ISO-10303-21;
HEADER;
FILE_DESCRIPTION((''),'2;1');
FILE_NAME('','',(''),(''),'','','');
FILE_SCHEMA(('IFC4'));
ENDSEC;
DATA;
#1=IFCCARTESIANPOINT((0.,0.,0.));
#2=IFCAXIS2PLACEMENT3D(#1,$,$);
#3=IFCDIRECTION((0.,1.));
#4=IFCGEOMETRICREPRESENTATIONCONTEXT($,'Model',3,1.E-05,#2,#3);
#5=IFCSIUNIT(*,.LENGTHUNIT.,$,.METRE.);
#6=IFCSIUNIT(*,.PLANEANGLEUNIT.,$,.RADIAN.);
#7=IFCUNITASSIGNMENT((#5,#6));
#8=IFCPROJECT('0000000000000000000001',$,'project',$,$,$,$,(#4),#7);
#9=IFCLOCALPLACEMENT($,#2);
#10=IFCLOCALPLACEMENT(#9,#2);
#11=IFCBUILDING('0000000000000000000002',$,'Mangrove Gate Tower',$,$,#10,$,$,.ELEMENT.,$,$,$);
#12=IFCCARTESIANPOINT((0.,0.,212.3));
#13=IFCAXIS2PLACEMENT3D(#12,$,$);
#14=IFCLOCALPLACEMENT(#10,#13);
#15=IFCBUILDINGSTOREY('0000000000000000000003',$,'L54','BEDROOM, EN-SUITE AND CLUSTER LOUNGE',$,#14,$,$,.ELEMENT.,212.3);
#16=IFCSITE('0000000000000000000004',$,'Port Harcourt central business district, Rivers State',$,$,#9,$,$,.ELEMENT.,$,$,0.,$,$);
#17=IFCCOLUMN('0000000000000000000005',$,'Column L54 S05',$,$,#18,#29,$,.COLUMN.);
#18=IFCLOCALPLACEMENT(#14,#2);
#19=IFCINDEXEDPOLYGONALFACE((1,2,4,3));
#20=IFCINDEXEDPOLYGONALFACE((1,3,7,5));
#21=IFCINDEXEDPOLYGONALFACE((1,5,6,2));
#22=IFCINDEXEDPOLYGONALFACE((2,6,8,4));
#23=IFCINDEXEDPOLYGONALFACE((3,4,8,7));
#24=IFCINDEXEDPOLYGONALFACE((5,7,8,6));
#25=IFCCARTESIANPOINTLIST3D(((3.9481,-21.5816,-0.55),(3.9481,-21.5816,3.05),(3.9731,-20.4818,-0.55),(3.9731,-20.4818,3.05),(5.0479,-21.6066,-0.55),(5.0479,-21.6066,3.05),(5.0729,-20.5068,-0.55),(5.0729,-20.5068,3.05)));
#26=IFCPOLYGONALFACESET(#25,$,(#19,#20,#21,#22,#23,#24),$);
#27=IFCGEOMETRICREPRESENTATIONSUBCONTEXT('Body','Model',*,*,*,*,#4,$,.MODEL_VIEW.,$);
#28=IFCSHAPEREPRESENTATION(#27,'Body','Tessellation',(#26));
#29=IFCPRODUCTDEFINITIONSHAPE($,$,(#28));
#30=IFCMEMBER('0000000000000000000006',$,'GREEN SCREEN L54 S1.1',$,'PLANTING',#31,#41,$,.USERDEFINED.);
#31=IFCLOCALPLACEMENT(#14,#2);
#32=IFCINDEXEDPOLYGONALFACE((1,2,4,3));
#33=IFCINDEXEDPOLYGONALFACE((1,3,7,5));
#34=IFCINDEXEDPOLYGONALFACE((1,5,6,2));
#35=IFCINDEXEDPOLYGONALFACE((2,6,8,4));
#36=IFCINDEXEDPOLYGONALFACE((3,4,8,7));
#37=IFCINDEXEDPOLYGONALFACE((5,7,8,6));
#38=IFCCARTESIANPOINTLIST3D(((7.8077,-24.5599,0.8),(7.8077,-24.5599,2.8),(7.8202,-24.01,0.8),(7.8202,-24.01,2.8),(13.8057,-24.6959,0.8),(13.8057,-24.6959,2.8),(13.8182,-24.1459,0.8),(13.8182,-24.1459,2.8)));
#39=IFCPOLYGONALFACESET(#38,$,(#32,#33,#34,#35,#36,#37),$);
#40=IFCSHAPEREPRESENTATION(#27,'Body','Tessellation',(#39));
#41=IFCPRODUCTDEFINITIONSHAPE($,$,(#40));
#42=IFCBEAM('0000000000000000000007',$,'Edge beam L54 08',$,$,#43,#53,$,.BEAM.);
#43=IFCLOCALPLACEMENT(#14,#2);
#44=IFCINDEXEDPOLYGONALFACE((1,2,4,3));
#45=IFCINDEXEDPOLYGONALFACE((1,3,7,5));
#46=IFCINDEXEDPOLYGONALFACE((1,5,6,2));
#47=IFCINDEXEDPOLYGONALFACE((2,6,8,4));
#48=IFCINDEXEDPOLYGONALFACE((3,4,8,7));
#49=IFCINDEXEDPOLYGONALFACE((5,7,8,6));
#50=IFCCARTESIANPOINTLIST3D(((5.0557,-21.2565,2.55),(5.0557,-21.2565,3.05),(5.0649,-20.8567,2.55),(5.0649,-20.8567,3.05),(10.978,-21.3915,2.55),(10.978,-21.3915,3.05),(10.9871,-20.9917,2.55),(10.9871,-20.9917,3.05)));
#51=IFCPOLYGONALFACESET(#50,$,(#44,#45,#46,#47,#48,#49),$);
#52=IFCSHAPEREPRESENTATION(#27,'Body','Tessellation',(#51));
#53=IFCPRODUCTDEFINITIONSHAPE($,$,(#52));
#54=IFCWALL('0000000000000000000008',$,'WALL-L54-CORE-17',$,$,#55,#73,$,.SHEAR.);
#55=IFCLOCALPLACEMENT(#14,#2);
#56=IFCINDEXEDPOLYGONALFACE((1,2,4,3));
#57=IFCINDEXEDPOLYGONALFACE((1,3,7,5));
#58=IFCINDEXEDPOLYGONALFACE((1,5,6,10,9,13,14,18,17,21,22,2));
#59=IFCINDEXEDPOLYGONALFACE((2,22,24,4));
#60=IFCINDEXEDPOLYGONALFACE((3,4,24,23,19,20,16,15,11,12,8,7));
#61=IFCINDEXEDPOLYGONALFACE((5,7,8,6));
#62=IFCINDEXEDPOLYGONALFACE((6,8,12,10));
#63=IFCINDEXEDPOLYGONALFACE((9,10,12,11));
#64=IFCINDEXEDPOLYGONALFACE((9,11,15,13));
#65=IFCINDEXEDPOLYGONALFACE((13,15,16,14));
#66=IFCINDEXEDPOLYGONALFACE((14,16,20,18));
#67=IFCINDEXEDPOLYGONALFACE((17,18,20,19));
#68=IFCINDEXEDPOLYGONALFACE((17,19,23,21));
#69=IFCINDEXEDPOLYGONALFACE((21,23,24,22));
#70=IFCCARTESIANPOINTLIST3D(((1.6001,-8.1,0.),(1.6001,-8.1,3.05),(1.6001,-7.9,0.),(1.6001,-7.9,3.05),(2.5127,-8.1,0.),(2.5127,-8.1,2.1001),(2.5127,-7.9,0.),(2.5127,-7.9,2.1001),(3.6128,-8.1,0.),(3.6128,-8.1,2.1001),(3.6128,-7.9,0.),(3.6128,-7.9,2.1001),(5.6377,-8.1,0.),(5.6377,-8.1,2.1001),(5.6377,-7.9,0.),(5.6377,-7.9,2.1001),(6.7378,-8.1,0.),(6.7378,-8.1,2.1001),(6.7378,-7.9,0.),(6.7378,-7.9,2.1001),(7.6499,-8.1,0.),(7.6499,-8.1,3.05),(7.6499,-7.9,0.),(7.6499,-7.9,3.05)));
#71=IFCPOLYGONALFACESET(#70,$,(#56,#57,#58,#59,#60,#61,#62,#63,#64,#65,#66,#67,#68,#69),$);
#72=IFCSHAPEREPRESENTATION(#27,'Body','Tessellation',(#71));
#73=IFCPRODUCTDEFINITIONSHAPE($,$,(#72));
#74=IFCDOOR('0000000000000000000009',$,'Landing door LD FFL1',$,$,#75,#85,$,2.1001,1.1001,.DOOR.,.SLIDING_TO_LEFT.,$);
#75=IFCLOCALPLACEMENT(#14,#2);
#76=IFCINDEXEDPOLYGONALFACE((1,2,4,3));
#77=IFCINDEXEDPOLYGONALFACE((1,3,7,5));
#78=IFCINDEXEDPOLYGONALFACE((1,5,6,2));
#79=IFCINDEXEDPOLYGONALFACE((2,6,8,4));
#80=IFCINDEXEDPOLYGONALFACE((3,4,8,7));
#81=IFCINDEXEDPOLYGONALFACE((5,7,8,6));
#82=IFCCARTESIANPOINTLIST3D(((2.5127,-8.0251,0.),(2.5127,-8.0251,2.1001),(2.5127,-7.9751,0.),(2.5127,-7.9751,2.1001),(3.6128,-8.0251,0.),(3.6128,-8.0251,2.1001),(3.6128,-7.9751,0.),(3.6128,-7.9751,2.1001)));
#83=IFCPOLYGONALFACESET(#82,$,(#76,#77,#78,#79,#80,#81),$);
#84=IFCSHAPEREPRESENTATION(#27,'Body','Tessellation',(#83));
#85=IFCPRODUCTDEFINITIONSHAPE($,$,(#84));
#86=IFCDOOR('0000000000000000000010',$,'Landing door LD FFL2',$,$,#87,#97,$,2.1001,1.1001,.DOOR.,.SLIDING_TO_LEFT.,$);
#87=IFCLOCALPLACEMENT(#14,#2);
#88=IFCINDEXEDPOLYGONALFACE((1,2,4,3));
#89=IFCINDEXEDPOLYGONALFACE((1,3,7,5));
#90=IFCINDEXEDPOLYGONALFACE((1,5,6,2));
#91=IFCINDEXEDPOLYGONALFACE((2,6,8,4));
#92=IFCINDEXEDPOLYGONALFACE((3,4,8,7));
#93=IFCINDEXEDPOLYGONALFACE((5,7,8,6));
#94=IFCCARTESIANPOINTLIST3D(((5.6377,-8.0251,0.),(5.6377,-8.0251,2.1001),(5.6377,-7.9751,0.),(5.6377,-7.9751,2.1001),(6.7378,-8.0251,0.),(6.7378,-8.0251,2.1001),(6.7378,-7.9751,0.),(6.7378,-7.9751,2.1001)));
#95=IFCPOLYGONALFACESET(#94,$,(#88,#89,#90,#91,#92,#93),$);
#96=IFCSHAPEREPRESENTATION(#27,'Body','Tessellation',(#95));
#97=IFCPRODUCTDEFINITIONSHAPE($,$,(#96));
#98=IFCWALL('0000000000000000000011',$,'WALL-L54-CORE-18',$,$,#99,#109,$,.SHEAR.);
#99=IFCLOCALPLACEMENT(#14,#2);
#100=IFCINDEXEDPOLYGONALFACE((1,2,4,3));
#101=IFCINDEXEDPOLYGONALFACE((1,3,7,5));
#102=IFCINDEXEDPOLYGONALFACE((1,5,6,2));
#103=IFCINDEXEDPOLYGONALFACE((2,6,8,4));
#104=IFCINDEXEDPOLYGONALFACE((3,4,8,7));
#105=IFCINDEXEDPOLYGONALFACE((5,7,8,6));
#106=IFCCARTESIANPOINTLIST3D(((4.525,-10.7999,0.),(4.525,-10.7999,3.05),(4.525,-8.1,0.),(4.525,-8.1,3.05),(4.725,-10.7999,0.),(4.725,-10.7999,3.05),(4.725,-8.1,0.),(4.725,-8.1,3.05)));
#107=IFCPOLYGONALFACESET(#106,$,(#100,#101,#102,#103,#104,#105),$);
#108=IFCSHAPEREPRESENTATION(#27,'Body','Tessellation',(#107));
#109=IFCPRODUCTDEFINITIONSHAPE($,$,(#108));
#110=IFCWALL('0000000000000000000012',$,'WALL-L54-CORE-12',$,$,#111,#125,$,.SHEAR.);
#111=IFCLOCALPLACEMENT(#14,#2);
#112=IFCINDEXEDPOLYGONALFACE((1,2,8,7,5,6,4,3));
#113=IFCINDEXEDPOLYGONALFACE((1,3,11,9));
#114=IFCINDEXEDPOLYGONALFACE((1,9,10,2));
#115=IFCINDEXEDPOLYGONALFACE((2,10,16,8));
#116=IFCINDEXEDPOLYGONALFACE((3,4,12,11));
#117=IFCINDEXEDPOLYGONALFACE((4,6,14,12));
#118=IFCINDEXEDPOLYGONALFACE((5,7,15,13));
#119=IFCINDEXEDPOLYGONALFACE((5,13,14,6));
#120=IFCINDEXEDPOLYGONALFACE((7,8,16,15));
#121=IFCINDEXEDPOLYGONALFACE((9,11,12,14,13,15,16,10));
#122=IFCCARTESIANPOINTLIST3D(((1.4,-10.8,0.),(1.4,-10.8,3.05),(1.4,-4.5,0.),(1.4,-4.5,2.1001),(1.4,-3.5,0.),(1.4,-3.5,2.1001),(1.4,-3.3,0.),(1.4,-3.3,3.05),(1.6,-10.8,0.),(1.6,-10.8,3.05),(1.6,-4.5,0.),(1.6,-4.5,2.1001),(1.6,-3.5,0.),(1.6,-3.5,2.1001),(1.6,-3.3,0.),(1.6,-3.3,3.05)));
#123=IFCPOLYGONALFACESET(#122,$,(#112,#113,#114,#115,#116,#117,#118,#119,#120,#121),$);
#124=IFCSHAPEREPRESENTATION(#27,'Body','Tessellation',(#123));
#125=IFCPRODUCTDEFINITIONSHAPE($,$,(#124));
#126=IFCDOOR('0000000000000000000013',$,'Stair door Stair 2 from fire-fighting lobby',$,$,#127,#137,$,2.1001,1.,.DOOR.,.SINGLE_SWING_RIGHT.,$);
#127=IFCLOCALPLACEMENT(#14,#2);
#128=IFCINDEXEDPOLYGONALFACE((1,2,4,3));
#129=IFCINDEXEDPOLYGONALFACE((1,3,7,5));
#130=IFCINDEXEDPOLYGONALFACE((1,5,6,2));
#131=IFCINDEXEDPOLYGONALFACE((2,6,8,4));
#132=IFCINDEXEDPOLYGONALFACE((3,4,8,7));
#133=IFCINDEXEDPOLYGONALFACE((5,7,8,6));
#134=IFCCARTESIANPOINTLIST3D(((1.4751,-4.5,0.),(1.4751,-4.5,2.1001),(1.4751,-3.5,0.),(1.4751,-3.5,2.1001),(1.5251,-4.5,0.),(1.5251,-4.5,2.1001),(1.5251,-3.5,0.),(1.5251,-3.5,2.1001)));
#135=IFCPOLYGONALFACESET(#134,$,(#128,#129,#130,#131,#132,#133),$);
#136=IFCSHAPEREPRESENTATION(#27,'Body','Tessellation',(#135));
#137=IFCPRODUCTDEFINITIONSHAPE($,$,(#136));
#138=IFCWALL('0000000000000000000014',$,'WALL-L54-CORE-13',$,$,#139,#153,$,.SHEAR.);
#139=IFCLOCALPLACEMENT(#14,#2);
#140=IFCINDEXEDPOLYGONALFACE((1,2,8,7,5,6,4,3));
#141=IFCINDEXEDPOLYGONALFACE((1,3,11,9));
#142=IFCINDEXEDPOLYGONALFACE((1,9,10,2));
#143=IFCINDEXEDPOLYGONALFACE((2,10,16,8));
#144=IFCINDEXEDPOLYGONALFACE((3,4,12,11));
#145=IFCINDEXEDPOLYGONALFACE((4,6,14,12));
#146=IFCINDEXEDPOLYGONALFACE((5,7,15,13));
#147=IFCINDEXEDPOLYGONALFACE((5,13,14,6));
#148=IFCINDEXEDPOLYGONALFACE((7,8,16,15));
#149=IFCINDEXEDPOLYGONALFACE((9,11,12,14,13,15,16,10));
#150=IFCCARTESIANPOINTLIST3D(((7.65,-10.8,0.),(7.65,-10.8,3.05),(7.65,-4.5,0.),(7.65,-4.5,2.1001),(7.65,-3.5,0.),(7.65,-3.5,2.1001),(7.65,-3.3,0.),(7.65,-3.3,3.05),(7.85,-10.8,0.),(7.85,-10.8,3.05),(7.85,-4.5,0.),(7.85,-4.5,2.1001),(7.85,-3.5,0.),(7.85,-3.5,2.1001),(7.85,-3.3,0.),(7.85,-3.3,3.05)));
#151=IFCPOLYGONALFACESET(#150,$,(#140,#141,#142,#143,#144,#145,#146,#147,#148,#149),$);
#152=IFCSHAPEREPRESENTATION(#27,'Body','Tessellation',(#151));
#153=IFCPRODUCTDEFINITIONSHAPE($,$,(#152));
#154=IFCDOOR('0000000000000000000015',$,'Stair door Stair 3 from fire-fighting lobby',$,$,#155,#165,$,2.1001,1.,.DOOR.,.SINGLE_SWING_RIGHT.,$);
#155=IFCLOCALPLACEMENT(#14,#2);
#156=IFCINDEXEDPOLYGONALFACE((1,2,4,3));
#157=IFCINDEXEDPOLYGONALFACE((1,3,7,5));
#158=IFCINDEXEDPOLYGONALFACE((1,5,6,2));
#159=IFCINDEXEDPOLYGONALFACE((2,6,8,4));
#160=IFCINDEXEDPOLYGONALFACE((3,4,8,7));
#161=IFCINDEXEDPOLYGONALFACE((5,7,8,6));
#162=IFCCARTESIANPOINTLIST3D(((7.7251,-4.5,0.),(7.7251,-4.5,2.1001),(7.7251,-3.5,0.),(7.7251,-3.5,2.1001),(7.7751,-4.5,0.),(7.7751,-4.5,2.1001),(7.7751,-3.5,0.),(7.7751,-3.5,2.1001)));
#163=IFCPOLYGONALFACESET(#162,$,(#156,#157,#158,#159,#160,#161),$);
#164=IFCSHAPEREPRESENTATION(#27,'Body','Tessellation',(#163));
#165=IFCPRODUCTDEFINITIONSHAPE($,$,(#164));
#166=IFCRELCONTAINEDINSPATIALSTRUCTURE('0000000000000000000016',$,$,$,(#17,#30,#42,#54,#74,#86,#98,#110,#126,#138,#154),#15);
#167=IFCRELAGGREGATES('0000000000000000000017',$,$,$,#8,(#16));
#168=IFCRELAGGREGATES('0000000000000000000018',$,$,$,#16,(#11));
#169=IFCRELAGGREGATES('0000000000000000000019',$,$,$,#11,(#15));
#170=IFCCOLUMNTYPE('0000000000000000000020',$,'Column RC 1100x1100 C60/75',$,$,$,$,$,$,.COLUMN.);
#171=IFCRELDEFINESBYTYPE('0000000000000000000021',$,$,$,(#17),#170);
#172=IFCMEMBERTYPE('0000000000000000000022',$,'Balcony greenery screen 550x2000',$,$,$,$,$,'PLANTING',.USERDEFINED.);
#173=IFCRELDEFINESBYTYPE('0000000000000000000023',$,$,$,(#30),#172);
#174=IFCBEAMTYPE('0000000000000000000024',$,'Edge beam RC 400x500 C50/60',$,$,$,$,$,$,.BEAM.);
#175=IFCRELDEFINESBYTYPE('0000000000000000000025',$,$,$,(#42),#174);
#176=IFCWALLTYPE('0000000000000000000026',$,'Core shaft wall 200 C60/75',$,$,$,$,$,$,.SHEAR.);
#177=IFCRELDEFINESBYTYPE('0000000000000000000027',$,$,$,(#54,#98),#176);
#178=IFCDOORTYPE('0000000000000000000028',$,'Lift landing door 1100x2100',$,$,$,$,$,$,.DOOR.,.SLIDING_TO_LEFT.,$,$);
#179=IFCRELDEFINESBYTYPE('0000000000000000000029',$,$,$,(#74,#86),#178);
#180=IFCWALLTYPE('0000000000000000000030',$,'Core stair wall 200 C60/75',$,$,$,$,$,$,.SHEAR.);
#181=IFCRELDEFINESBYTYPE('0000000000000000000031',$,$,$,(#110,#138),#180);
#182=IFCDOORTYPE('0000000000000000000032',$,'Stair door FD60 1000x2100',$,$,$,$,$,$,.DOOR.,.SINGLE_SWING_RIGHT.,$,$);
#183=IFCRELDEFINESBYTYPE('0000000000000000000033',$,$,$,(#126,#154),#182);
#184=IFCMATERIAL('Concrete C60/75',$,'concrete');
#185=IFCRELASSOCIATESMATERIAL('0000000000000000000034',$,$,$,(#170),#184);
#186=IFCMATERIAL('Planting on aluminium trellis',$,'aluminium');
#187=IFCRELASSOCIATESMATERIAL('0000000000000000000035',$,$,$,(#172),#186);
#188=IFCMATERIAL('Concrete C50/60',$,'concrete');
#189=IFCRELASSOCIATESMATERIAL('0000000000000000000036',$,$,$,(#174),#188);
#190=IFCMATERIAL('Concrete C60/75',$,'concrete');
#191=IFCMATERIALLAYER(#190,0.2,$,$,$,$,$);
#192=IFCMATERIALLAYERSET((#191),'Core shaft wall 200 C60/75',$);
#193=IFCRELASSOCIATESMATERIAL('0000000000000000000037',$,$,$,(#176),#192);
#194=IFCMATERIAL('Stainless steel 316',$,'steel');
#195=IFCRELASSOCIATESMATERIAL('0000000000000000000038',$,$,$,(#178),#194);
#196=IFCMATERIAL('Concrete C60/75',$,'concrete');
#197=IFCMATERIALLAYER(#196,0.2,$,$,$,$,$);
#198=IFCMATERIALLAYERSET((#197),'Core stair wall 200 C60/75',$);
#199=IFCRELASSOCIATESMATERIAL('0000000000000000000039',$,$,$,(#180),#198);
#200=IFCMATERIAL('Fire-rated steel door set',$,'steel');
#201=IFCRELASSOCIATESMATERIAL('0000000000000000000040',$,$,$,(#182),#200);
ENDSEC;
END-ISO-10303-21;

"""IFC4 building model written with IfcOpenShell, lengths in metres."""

from ifc_helpers import new_model, si_unit, direction, frame, frame_2d, origin, origin_2d, place, context, subcontext, project, spatial, rectangle, extrude, material, layer, layer_set, material_profile, profile_set, type_object, element, fill, save


model = new_model("IFC4")

# Units and contexts
model_context = context("Model", 3, precision=1e-05, world=origin(), true_north=direction((0.0, 1.0)))
body_context = subcontext(model_context, "Body", "Model", "MODEL_VIEW")
ifc_project = project(units=[si_unit("LENGTHUNIT", "METRE"), si_unit("PLANEANGLEUNIT", "RADIAN")], contexts=[model_context])

# Site, building, storey
site_placement = place(None, origin())
site = spatial("IfcSite", under=ifc_project, at=site_placement, Name="Port Harcourt central business district, Rivers State", CompositionType="ELEMENT", RefElevation=0.0)
building_placement = place(site_placement, origin())
building = spatial("IfcBuilding", under=site, at=building_placement, Name="Mangrove Gate Tower", CompositionType="ELEMENT")
storey_placement = place(building_placement, frame((0.0, 0.0, 212.3)))
storey = spatial("IfcBuildingStorey", under=building, at=storey_placement, Name="L54", Description="BEDROOM, EN-SUITE AND CLUSTER LOUNGE", CompositionType="ELEMENT", Elevation=212.3)

# Column
ifc_material_1 = material(Name="Concrete C60/75", Category="concrete")
ifc_material_profile_1 = material_profile(ifc_material_1, rectangle(XDim=1.1001, YDim=1.1001, at=origin_2d()))
ifc_profile_set_1 = profile_set([ifc_material_profile_1], Name="Concrete C60/75")
column_type = type_object("IfcColumnType", Name="Column RC 1100x1100 C60/75", PredefinedType="COLUMN", material=ifc_profile_set_1)
column_placement = place(storey_placement, frame((4.5105, -21.0442, -0.55), z_axis=(0.0, 0.0, 1.0), x_axis=(0.999742, -0.022708, 0.0)))
element("IfcColumn", 1, at=column_placement, inside=storey, type_object=column_type, Name="Column L54 S05", PredefinedType="COLUMN", context=body_context, shape_type="SweptSolid", body=[
    extrude(rectangle(XDim=1.1001, YDim=1.1001, at=origin_2d()), origin(), (0.0, 0.0, 1.0), 3.6001),
])

# Member
ifc_material_2 = material(Name="Planting on aluminium trellis", Category="aluminium")
ifc_material_profile_2 = material_profile(ifc_material_2, rectangle(XDim=0.55, YDim=2.0, at=origin_2d()))
ifc_profile_set_2 = profile_set([ifc_material_profile_2], Name="Planting on aluminium trellis")
member_type = type_object("IfcMemberType", Name="Balcony greenery screen 550x2000", ElementType="PLANTING", PredefinedType="USERDEFINED", material=ifc_profile_set_2)
member_placement = place(storey_placement, frame((7.814, -24.2849, 1.8), z_axis=(0.999743, -0.022666, 0.0), x_axis=(0.022666, 0.999743, 0.0)))
element("IfcMember", 2, at=member_placement, inside=storey, type_object=member_type, Name="GREEN SCREEN L54 S1.1", ObjectType="PLANTING", PredefinedType="USERDEFINED", context=body_context, shape_type="SweptSolid", body=[
    extrude(rectangle(XDim=0.55, YDim=2.0, at=origin_2d()), origin(), (0.0, 0.0, 1.0), 5.9995),
])

# Beam
ifc_material_3 = material(Name="Concrete C50/60", Category="concrete")
ifc_material_profile_3 = material_profile(ifc_material_3, rectangle(XDim=0.3999, YDim=0.5, at=origin_2d()))
ifc_profile_set_3 = profile_set([ifc_material_profile_3], Name="Concrete C50/60")
beam_type = type_object("IfcBeamType", Name="Edge beam RC 400x500 C50/60", PredefinedType="BEAM", material=ifc_profile_set_3)
beam_placement = place(storey_placement, frame((5.0603, -21.0566, 2.8), z_axis=(0.99974, -0.022791, 0.0), x_axis=(0.022791, 0.99974, 0.0)))
element("IfcBeam", 3, at=beam_placement, inside=storey, type_object=beam_type, Name="Edge beam L54 08", PredefinedType="BEAM", context=body_context, shape_type="SweptSolid", body=[
    extrude(rectangle(XDim=0.3999, YDim=0.5, at=origin_2d()), origin(), (0.0, 0.0, 1.0), 5.9238),
])

# Wall, openings, doors
ifc_material_4 = material(Name="Concrete C60/75", Category="concrete")
ifc_layer_1 = layer(ifc_material_4, 0.2)
ifc_layer_set_1 = layer_set([ifc_layer_1], Name="Core shaft wall 200 C60/75")
wall_type_1 = type_object("IfcWallType", Name="Core shaft wall 200 C60/75", PredefinedType="SHEAR", material=ifc_layer_set_1)
wall_1_placement = place(storey_placement, frame((1.6001, -8.0, 0.0), z_axis=(0.0, 0.0, 1.0), x_axis=(1.0, 0.0, 0.0)))
wall_1 = element("IfcWall", 4, at=wall_1_placement, inside=storey, type_object=wall_type_1, Name="WALL-L54-CORE-17", PredefinedType="SHEAR", context=body_context, shape_type="SweptSolid", body=[
    extrude(rectangle(XDim=6.0498, YDim=0.2, at=frame_2d((3.0249, 0.0))), origin(), (0.0, 0.0, 1.0), 3.05),
])
opening_1_placement = place(wall_1_placement, frame((0.9126, 0.0, 0.0)))
opening_1 = element("IfcOpeningElement", 5, at=opening_1_placement, cuts=wall_1, PredefinedType="OPENING", context=body_context, shape_type="SweptSolid", body=[
    extrude(rectangle(XDim=1.1001, YDim=2.1001, at=frame_2d((0.55, 1.05))), frame((0.0, 0.1099, 0.0), z_axis=(0.0, -1.0, 0.0), x_axis=(1.0, 0.0, 0.0)), (0.0, 0.0, 1.0), 0.22),
])
opening_2_placement = place(wall_1_placement, frame((4.0376, 0.0, 0.0)))
opening_2 = element("IfcOpeningElement", 6, at=opening_2_placement, cuts=wall_1, PredefinedType="OPENING", context=body_context, shape_type="SweptSolid", body=[
    extrude(rectangle(XDim=1.1001, YDim=2.1001, at=frame_2d((0.55, 1.05))), frame((0.0, 0.1099, 0.0), z_axis=(0.0, -1.0, 0.0), x_axis=(1.0, 0.0, 0.0)), (0.0, 0.0, 1.0), 0.22),
])
ifc_material_5 = material(Name="Stainless steel 316", Category="steel")
door_type_1 = type_object("IfcDoorType", Name="Lift landing door 1100x2100", OperationType="SLIDING_TO_LEFT", PredefinedType="DOOR", material=ifc_material_5)
door_1_placement = place(opening_1_placement, origin())
door_1 = element("IfcDoor", 7, at=door_1_placement, inside=storey, type_object=door_type_1, Name="Landing door LD FFL1", OperationType="SLIDING_TO_LEFT", OverallHeight=2.1001, OverallWidth=1.1001, PredefinedType="DOOR", context=body_context, shape_type="SweptSolid", body=[
    extrude(rectangle(XDim=1.1001, YDim=2.1001, at=frame_2d((0.55, 1.05))), frame((0.0, 0.0249, 0.0), z_axis=(0.0, -1.0, 0.0), x_axis=(1.0, 0.0, 0.0)), (0.0, 0.0, 1.0), 0.05),
])
fill(opening_1, door_1)
door_2_placement = place(opening_2_placement, origin())
door_2 = element("IfcDoor", 8, at=door_2_placement, inside=storey, type_object=door_type_1, Name="Landing door LD FFL2", OperationType="SLIDING_TO_LEFT", OverallHeight=2.1001, OverallWidth=1.1001, PredefinedType="DOOR", context=body_context, shape_type="SweptSolid", body=[
    extrude(rectangle(XDim=1.1001, YDim=2.1001, at=frame_2d((0.55, 1.05))), frame((0.0, 0.0249, 0.0), z_axis=(0.0, -1.0, 0.0), x_axis=(1.0, 0.0, 0.0)), (0.0, 0.0, 1.0), 0.05),
])
fill(opening_2, door_2)

# Wall
wall_2_placement = place(storey_placement, frame((4.625, -10.8, 0.0), z_axis=(0.0, 0.0, 1.0), x_axis=(0.0, 1.0, 0.0)))
element("IfcWall", 9, at=wall_2_placement, inside=storey, type_object=wall_type_1, Name="WALL-L54-CORE-18", PredefinedType="SHEAR", context=body_context, shape_type="SweptSolid", body=[
    extrude(rectangle(XDim=2.7, YDim=0.2, at=frame_2d((1.3501, 0.0))), origin(), (0.0, 0.0, 1.0), 3.05),
])

# Walls, openings, doors
ifc_material_6 = material(Name="Concrete C60/75", Category="concrete")
ifc_layer_2 = layer(ifc_material_6, 0.2)
ifc_layer_set_2 = layer_set([ifc_layer_2], Name="Core stair wall 200 C60/75")
wall_type_2 = type_object("IfcWallType", Name="Core stair wall 200 C60/75", PredefinedType="SHEAR", material=ifc_layer_set_2)
wall_3_placement = place(storey_placement, frame((1.5, -10.8, 0.0), z_axis=(0.0, 0.0, 1.0), x_axis=(0.0, 1.0, 0.0)))
wall_3 = element("IfcWall", 10, at=wall_3_placement, inside=storey, type_object=wall_type_2, Name="WALL-L54-CORE-12", PredefinedType="SHEAR", context=body_context, shape_type="SweptSolid", body=[
    extrude(rectangle(XDim=7.5, YDim=0.2, at=frame_2d((3.75, 0.0))), origin(), (0.0, 0.0, 1.0), 3.05),
])
opening_3_placement = place(wall_3_placement, frame((6.3, 0.0, 0.0)))
opening_3 = element("IfcOpeningElement", 11, at=opening_3_placement, cuts=wall_3, PredefinedType="OPENING", context=body_context, shape_type="SweptSolid", body=[
    extrude(rectangle(XDim=1.0, YDim=2.1001, at=frame_2d((0.5, 1.05))), frame((0.0, 0.1099, 0.0), z_axis=(0.0, -1.0, 0.0), x_axis=(1.0, 0.0, 0.0)), (0.0, 0.0, 1.0), 0.22),
])
ifc_material_7 = material(Name="Fire-rated steel door set", Category="steel")
door_type_2 = type_object("IfcDoorType", Name="Stair door FD60 1000x2100", OperationType="SINGLE_SWING_RIGHT", PredefinedType="DOOR", material=ifc_material_7)
door_3_placement = place(opening_3_placement, origin())
door_3 = element("IfcDoor", 12, at=door_3_placement, inside=storey, type_object=door_type_2, Name="Stair door Stair 2 from fire-fighting lobby", OperationType="SINGLE_SWING_RIGHT", OverallHeight=2.1001, OverallWidth=1.0, PredefinedType="DOOR", context=body_context, shape_type="SweptSolid", body=[
    extrude(rectangle(XDim=1.0, YDim=2.1001, at=frame_2d((0.5, 1.05))), frame((0.0, 0.0249, 0.0), z_axis=(0.0, -1.0, 0.0), x_axis=(1.0, 0.0, 0.0)), (0.0, 0.0, 1.0), 0.05),
])
fill(opening_3, door_3)
wall_4_placement = place(storey_placement, frame((7.75, -10.8, 0.0), z_axis=(0.0, 0.0, 1.0), x_axis=(0.0, 1.0, 0.0)))
wall_4 = element("IfcWall", 13, at=wall_4_placement, inside=storey, type_object=wall_type_2, Name="WALL-L54-CORE-13", PredefinedType="SHEAR", context=body_context, shape_type="SweptSolid", body=[
    extrude(rectangle(XDim=7.5, YDim=0.2, at=frame_2d((3.75, 0.0))), origin(), (0.0, 0.0, 1.0), 3.05),
])
opening_4_placement = place(wall_4_placement, frame((6.3, 0.0, 0.0)))
opening_4 = element("IfcOpeningElement", 14, at=opening_4_placement, cuts=wall_4, PredefinedType="OPENING", context=body_context, shape_type="SweptSolid", body=[
    extrude(rectangle(XDim=1.0, YDim=2.1001, at=frame_2d((0.5, 1.05))), frame((0.0, 0.1099, 0.0), z_axis=(0.0, -1.0, 0.0), x_axis=(1.0, 0.0, 0.0)), (0.0, 0.0, 1.0), 0.22),
])
door_4_placement = place(opening_4_placement, origin())
door_4 = element("IfcDoor", 15, at=door_4_placement, inside=storey, type_object=door_type_2, Name="Stair door Stair 3 from fire-fighting lobby", OperationType="SINGLE_SWING_RIGHT", OverallHeight=2.1001, OverallWidth=1.0, PredefinedType="DOOR", context=body_context, shape_type="SweptSolid", body=[
    extrude(rectangle(XDim=1.0, YDim=2.1001, at=frame_2d((0.5, 1.05))), frame((0.0, 0.0249, 0.0), z_axis=(0.0, -1.0, 0.0), x_axis=(1.0, 0.0, 0.0)), (0.0, 0.0, 1.0), 0.05),
])
fill(opening_4, door_4)

save(model, "model.ifc")
